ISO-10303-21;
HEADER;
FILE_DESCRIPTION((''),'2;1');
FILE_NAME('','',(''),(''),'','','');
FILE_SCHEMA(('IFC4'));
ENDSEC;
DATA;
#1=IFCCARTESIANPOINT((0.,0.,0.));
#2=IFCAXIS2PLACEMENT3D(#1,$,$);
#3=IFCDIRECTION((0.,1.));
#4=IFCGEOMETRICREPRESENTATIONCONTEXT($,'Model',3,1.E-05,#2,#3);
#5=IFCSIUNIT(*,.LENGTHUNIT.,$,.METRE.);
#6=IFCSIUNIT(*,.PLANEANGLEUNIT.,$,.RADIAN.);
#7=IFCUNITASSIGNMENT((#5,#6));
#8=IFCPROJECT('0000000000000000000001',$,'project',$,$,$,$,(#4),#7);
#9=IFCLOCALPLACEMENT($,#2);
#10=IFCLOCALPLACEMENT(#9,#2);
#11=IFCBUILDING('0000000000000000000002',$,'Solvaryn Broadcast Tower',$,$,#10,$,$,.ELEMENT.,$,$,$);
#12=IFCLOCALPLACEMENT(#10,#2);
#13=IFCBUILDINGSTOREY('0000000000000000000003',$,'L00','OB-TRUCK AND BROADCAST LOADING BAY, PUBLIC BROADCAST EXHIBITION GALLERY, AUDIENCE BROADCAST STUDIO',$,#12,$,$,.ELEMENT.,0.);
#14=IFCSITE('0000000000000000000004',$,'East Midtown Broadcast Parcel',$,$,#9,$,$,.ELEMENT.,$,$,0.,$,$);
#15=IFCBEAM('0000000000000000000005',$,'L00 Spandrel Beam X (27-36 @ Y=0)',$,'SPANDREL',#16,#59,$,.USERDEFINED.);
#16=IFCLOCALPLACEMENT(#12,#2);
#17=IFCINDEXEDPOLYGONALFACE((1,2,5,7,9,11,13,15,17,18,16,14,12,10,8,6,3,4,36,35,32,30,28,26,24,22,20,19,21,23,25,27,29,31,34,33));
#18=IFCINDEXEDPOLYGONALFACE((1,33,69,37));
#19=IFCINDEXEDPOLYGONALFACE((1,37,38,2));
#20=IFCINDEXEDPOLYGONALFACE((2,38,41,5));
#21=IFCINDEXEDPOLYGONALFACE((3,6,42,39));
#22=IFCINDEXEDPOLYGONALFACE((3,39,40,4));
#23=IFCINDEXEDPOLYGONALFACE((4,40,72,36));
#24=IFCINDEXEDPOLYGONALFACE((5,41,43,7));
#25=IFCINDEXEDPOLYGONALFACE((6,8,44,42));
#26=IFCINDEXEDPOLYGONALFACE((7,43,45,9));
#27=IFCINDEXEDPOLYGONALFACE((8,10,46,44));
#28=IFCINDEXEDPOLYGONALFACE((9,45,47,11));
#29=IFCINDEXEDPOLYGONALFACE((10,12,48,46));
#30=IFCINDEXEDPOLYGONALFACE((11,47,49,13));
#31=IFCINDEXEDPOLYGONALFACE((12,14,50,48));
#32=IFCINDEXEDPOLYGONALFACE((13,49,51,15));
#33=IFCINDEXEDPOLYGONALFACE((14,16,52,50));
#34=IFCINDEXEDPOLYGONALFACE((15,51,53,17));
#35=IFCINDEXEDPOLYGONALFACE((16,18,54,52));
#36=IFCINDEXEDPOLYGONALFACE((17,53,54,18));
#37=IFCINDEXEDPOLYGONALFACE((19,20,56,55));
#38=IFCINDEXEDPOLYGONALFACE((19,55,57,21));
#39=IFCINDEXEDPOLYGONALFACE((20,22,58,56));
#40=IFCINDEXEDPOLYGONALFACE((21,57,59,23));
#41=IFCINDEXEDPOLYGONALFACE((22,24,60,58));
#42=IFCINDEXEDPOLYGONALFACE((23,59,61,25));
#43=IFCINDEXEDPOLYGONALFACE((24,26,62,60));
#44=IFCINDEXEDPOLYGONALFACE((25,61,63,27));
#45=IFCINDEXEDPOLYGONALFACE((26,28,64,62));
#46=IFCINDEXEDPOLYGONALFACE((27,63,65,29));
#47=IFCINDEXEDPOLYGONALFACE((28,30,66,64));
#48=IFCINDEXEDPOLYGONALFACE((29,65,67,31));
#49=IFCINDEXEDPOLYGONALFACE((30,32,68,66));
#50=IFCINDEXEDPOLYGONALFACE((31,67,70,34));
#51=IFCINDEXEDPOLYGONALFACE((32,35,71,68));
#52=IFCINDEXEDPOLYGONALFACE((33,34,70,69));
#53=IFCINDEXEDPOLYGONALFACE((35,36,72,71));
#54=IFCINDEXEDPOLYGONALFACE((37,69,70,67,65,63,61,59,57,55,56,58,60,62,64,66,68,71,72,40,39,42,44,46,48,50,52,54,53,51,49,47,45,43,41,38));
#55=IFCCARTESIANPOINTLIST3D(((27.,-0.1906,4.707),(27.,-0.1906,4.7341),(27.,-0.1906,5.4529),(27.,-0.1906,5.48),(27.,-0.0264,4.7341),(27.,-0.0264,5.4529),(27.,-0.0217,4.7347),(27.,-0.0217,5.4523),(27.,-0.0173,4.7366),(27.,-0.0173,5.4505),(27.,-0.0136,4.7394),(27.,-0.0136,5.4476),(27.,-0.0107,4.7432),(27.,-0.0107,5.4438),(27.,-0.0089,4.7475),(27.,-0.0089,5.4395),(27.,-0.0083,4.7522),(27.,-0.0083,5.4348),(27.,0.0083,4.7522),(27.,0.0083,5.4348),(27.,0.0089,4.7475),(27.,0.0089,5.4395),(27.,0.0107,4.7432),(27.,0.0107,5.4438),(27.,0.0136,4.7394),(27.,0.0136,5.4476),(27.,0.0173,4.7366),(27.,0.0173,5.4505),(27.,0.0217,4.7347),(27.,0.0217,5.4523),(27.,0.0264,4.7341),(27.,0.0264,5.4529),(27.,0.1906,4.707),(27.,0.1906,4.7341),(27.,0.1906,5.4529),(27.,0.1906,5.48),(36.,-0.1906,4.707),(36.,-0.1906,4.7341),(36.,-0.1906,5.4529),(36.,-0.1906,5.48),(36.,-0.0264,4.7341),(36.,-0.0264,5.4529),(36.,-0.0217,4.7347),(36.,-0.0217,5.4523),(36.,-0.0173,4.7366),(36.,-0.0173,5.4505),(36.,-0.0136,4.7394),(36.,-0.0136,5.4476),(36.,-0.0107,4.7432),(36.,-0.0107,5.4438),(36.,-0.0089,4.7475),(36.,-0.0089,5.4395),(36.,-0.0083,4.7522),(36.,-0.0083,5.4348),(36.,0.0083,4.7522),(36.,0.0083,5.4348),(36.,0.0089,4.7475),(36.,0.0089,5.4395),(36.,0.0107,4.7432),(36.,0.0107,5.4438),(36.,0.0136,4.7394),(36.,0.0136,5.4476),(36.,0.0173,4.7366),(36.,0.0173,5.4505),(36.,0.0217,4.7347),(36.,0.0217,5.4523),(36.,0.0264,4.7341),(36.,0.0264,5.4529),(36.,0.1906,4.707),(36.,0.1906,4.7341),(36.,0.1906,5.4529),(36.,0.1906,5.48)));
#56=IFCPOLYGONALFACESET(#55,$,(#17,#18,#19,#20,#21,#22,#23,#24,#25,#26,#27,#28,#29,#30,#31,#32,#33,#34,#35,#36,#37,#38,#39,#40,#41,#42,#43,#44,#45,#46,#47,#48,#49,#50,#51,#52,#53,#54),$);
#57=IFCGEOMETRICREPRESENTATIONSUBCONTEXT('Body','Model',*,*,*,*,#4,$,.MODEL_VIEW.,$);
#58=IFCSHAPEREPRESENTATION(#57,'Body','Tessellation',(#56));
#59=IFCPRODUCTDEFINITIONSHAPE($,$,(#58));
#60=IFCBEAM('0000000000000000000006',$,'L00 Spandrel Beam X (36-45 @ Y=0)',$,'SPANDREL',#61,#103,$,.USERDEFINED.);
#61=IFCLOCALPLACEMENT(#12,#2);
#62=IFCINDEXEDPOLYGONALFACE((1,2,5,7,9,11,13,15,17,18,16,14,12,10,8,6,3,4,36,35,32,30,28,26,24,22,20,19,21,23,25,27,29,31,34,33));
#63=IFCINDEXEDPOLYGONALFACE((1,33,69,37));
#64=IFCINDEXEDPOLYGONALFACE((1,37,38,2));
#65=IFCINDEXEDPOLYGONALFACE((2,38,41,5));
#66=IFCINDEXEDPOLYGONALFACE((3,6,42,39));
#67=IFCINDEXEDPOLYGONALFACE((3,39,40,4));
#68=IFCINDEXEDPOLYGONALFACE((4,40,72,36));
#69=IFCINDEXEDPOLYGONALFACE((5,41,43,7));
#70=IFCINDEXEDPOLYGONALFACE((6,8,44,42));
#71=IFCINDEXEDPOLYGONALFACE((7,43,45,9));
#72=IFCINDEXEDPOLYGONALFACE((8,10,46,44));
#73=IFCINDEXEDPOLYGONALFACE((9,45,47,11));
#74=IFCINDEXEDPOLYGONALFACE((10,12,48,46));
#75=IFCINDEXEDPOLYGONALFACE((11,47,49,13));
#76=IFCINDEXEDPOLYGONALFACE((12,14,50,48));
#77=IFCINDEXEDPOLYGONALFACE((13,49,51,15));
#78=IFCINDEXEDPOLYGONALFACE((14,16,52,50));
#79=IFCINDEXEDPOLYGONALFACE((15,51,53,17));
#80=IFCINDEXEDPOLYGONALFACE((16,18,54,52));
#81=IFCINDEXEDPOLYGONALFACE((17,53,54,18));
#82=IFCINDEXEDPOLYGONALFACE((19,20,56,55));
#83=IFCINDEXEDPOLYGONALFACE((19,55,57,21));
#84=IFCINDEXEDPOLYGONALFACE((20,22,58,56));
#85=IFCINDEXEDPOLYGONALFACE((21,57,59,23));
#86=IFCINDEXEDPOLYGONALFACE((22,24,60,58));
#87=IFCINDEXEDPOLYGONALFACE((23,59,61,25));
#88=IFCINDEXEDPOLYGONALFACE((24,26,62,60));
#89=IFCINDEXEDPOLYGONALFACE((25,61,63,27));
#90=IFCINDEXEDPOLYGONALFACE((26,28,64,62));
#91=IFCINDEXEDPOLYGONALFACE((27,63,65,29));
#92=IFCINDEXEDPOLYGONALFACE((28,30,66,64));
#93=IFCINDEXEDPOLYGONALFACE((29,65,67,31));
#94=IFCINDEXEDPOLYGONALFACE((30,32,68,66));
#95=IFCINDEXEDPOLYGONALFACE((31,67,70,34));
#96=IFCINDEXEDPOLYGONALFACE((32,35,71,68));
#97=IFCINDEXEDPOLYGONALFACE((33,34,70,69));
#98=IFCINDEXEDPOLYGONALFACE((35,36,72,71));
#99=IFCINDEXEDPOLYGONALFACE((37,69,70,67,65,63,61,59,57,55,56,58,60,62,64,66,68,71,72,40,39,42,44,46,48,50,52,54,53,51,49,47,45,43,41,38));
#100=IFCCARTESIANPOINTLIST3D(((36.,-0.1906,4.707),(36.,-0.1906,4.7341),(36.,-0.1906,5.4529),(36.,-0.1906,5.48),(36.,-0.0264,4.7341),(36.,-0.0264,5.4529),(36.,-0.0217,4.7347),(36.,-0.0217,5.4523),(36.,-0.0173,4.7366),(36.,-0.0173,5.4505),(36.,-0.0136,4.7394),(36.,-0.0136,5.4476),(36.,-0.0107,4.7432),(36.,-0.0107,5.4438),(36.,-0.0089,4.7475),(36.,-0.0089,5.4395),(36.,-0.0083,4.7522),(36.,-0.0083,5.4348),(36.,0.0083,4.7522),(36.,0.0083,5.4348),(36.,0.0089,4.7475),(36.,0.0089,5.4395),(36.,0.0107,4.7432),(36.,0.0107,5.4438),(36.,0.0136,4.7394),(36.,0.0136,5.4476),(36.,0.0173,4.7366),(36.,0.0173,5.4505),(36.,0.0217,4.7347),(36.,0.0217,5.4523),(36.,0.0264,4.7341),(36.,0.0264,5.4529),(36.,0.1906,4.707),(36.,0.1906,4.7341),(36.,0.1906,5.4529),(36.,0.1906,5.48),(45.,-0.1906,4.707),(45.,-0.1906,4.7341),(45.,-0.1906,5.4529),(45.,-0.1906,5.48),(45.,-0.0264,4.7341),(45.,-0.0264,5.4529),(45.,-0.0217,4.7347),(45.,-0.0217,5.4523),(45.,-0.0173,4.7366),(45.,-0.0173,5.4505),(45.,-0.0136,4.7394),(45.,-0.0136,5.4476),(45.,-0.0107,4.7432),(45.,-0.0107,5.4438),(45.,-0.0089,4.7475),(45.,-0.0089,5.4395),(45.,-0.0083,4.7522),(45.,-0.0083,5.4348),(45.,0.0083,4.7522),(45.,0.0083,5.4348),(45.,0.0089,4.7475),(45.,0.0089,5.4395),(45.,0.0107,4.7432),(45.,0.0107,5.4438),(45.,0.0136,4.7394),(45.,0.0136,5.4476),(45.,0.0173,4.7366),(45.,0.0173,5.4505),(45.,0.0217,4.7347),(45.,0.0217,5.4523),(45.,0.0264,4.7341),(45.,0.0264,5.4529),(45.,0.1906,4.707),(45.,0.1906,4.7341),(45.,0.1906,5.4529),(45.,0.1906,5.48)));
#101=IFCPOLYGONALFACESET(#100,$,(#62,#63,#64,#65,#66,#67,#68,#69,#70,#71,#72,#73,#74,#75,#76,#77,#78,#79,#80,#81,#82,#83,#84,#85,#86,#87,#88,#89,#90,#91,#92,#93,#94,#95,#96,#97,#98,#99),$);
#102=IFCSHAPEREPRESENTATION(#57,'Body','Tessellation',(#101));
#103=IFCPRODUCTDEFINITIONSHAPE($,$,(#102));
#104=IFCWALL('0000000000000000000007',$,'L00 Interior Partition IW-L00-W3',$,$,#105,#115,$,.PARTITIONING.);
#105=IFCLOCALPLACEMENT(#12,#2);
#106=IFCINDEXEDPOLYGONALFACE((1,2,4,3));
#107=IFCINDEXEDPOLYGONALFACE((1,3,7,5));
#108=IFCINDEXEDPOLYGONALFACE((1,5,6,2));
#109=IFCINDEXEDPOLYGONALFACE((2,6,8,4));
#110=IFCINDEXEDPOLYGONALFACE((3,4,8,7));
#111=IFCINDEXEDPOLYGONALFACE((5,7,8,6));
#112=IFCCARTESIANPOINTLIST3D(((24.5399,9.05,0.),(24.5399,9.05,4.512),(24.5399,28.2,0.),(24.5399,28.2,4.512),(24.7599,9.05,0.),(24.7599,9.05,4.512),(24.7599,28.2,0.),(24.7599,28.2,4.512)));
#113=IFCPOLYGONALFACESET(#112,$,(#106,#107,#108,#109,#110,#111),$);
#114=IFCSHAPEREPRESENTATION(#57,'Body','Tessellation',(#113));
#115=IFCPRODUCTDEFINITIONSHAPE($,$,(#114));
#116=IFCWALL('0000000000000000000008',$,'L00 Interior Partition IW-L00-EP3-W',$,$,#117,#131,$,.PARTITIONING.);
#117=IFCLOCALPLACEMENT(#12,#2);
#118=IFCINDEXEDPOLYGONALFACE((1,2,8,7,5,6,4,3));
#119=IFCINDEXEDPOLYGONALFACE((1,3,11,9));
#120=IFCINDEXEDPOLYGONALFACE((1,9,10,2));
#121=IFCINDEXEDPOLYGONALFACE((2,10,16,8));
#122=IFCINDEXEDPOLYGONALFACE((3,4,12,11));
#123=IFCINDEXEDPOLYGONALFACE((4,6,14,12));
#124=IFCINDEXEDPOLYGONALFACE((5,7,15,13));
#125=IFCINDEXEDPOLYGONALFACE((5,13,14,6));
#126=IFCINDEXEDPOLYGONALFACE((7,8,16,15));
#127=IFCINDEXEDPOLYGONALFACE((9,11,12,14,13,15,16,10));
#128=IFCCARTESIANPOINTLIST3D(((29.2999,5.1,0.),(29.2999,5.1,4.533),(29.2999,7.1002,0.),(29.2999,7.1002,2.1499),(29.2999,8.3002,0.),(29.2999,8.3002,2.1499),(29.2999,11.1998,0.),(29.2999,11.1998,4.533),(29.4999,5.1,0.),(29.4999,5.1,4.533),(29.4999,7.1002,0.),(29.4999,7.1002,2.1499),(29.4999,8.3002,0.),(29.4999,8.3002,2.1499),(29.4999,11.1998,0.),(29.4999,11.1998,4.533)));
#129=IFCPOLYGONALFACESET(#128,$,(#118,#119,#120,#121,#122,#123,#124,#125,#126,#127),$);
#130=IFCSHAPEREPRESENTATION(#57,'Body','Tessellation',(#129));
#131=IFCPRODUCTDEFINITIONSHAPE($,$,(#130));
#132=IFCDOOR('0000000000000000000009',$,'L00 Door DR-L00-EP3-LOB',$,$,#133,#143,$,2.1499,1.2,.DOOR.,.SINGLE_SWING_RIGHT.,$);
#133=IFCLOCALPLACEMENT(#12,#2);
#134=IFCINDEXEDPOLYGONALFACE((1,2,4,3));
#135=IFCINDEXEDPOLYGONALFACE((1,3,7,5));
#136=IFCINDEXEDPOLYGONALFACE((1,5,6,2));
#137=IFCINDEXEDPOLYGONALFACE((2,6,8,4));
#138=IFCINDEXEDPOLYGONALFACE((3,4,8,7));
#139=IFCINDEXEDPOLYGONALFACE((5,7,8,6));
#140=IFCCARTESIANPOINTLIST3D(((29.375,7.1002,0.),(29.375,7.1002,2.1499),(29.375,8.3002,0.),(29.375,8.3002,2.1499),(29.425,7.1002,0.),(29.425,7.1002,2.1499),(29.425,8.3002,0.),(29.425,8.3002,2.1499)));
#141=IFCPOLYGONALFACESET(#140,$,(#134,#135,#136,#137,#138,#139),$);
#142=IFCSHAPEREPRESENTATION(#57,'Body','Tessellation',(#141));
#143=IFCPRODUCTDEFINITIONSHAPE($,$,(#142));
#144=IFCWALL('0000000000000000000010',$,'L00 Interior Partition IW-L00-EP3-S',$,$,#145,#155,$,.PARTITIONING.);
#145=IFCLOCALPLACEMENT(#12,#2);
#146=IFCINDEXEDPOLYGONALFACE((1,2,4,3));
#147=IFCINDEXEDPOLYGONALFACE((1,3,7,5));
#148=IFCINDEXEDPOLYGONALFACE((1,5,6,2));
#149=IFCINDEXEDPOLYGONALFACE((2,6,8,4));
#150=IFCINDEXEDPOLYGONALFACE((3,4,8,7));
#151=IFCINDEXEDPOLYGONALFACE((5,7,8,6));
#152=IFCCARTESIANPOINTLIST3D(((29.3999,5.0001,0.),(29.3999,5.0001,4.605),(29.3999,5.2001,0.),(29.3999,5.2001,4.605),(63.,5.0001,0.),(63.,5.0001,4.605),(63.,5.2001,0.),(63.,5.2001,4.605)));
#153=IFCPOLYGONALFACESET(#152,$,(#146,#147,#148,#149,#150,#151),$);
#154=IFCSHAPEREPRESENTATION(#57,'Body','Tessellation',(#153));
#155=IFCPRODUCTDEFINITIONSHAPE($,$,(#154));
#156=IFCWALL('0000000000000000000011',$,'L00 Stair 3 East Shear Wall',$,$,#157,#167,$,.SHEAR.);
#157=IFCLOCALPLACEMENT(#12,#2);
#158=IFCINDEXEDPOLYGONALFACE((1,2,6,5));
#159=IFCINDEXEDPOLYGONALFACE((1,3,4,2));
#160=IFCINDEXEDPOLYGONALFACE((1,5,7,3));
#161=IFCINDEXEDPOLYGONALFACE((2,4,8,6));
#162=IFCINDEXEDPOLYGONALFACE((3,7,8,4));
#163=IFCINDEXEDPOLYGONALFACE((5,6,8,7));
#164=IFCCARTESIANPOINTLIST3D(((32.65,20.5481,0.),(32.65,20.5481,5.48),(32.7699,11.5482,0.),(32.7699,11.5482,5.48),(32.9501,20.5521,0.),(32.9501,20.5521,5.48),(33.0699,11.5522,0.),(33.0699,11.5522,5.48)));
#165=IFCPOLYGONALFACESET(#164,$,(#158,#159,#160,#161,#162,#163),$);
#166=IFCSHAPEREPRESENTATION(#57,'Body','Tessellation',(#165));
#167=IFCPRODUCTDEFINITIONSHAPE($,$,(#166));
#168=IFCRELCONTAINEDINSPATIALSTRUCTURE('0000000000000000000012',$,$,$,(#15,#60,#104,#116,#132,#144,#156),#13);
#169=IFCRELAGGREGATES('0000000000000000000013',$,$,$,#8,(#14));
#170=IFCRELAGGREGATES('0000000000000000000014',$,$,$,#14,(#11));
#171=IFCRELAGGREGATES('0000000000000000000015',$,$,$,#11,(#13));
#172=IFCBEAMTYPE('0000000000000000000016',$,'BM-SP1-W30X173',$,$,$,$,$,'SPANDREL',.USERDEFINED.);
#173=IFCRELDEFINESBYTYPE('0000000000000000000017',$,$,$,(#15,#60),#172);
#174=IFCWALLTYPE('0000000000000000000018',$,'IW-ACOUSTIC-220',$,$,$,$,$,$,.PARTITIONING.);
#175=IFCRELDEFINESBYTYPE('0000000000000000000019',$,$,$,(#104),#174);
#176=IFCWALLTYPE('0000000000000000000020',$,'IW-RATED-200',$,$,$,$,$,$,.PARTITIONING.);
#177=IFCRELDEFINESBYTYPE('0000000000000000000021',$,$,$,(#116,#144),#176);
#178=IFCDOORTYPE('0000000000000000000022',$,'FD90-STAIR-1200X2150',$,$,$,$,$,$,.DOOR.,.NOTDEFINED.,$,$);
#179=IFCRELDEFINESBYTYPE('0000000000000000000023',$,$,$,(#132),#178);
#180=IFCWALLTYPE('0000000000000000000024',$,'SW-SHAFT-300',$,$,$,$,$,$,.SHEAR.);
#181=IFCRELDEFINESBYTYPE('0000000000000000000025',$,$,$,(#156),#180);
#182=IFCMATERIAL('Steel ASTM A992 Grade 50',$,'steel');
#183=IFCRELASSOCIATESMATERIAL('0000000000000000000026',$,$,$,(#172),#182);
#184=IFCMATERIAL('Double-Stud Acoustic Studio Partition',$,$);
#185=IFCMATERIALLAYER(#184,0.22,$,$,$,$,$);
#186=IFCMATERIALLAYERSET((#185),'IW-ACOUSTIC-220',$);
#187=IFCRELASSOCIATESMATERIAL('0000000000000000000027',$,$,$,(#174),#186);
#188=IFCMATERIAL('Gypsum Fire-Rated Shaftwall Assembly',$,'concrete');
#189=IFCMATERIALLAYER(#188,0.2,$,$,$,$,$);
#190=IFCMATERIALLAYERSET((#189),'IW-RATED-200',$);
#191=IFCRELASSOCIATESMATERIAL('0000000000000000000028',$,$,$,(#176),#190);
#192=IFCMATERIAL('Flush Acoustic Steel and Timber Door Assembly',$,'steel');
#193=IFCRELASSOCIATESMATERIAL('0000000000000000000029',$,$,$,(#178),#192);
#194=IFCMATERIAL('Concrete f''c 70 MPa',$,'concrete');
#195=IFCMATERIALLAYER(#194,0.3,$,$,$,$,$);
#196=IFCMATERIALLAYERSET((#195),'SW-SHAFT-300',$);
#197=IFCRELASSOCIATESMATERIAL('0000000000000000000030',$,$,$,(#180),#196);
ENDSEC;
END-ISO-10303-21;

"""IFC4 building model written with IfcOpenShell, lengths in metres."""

from ifc_helpers import new_model, si_unit, direction, frame, frame_2d, origin, origin_2d, place, context, subcontext, project, spatial, rectangle, i_section, extrude, material, layer, layer_set, material_profile, profile_set, type_object, element, fill, save


model = new_model("IFC4")

# Units and contexts
model_context = context("Model", 3, precision=1e-05, world=origin(), true_north=direction((0.0, 1.0)))
body_context = subcontext(model_context, "Body", "Model", "MODEL_VIEW")
ifc_project = project(units=[si_unit("LENGTHUNIT", "METRE"), si_unit("PLANEANGLEUNIT", "RADIAN")], contexts=[model_context])

# Site, building, storey
site_placement = place(None, origin())
site = spatial("IfcSite", under=ifc_project, at=site_placement, Name="East Midtown Broadcast Parcel", CompositionType="ELEMENT", RefElevation=0.0)
building_placement = place(site_placement, origin())
building = spatial("IfcBuilding", under=site, at=building_placement, Name="Solvaryn Broadcast Tower", CompositionType="ELEMENT")
storey_placement = place(building_placement, origin())
storey = spatial("IfcBuildingStorey", under=building, at=storey_placement, Name="L00", Description="OB-TRUCK AND BROADCAST LOADING BAY, PUBLIC BROADCAST EXHIBITION GALLERY, AUDIENCE BROADCAST STUDIO", CompositionType="ELEMENT", Elevation=0.0)

# Beams
ifc_material_1 = material(Name="Steel ASTM A992 Grade 50", Category="steel")
ifc_material_profile_1 = material_profile(ifc_material_1, i_section(OverallWidth=0.3811, OverallDepth=0.7729, WebThickness=0.0166, FlangeThickness=0.0271, FilletRadius=0.0181, at=origin_2d()))
ifc_profile_set_1 = profile_set([ifc_material_profile_1], Name="Steel ASTM A992 Grade 50")
beam_type_1 = type_object("IfcBeamType", Name="BM-SP1-W30X173", ElementType="SPANDREL", PredefinedType="USERDEFINED", material=ifc_profile_set_1)
for number, where, z_axis, x_axis, name in (
    (1, (27.0, 0.0, 5.0935), (1.0, 0.0, 0.0), (0.0, 1.0, 0.0), "L00 Spandrel Beam X (27-36 @ Y=0)"),
    (2, (36.0, 0.0, 5.0935), (1.0, 0.0, 0.0), (0.0, 1.0, 0.0), "L00 Spandrel Beam X (36-45 @ Y=0)"),
):
    element("IfcBeam", number, at=place(storey_placement, frame(where, z_axis=z_axis, x_axis=x_axis)), inside=storey, type_object=beam_type_1, Name=name, ObjectType="SPANDREL", PredefinedType="USERDEFINED", context=body_context, shape_type="SweptSolid", body=[
        extrude(i_section(OverallWidth=0.3811, OverallDepth=0.7729, WebThickness=0.0166, FlangeThickness=0.0271, FilletRadius=0.0181, at=origin_2d()), origin(), (0.0, 0.0, 1.0), 9.0),
    ])

# Wall
ifc_material_2 = material(Name="Double-Stud Acoustic Studio Partition")
ifc_layer_1 = layer(ifc_material_2, 0.22)
ifc_layer_set_1 = layer_set([ifc_layer_1], Name="IW-ACOUSTIC-220")
wall_type_1 = type_object("IfcWallType", Name="IW-ACOUSTIC-220", PredefinedType="PARTITIONING", material=ifc_layer_set_1)
wall_1_placement = place(storey_placement, frame((24.6499, 9.05, 0.0), z_axis=(0.0, 0.0, 1.0), x_axis=(0.0, 1.0, 0.0)))
element("IfcWall", 3, at=wall_1_placement, inside=storey, type_object=wall_type_1, Name="L00 Interior Partition IW-L00-W3", PredefinedType="PARTITIONING", context=body_context, shape_type="SweptSolid", body=[
    extrude(rectangle(XDim=19.1499, YDim=0.22, at=frame_2d((9.575, 0.0))), origin(), (0.0, 0.0, 1.0), 4.512),
])

# Wall, opening, door
ifc_material_3 = material(Name="Gypsum Fire-Rated Shaftwall Assembly", Category="concrete")
ifc_layer_2 = layer(ifc_material_3, 0.2)
ifc_layer_set_2 = layer_set([ifc_layer_2], Name="IW-RATED-200")
wall_type_2 = type_object("IfcWallType", Name="IW-RATED-200", PredefinedType="PARTITIONING", material=ifc_layer_set_2)
wall_2_placement = place(storey_placement, frame((29.3999, 5.1001, 0.0), z_axis=(0.0, 0.0, 1.0), x_axis=(0.0, 1.0, 0.0)))
wall_2 = element("IfcWall", 4, at=wall_2_placement, inside=storey, type_object=wall_type_2, Name="L00 Interior Partition IW-L00-EP3-W", PredefinedType="PARTITIONING", context=body_context, shape_type="SweptSolid", body=[
    extrude(rectangle(XDim=6.0999, YDim=0.2, at=frame_2d((3.0498, 0.0))), origin(), (0.0, 0.0, 1.0), 4.533),
])
opening_1_placement = place(wall_2_placement, frame((2.0, 0.0, 0.0)))
opening_1 = element("IfcOpeningElement", 5, at=opening_1_placement, cuts=wall_2, PredefinedType="OPENING", context=body_context, shape_type="SweptSolid", body=[
    extrude(rectangle(XDim=1.2, YDim=2.1499, at=frame_2d((0.6001, 1.075))), frame((0.0, 0.1101, 0.0), z_axis=(0.0, -1.0, 0.0), x_axis=(1.0, 0.0, 0.0)), (0.0, 0.0, 1.0), 0.22),
])
ifc_material_4 = material(Name="Flush Acoustic Steel and Timber Door Assembly", Category="steel")
door_type_1 = type_object("IfcDoorType", Name="FD90-STAIR-1200X2150", OperationType="NOTDEFINED", PredefinedType="DOOR", material=ifc_material_4)
door_1_placement = place(opening_1_placement, origin())
door_1 = element("IfcDoor", 6, at=door_1_placement, inside=storey, type_object=door_type_1, Name="L00 Door DR-L00-EP3-LOB", OperationType="SINGLE_SWING_RIGHT", OverallHeight=2.1499, OverallWidth=1.2, PredefinedType="DOOR", context=body_context, shape_type="SweptSolid", body=[
    extrude(rectangle(XDim=1.2, YDim=2.1499, at=frame_2d((0.6001, 1.075))), frame((0.0, 0.0249, 0.0), z_axis=(0.0, -1.0, 0.0), x_axis=(1.0, 0.0, 0.0)), (0.0, 0.0, 1.0), 0.05),
])
fill(opening_1, door_1)

# Walls
wall_3_placement = place(storey_placement, frame((29.3999, 5.1001, 0.0), z_axis=(0.0, 0.0, 1.0), x_axis=(1.0, 0.0, 0.0)))
element("IfcWall", 7, at=wall_3_placement, inside=storey, type_object=wall_type_2, Name="L00 Interior Partition IW-L00-EP3-S", PredefinedType="PARTITIONING", context=body_context, shape_type="SweptSolid", body=[
    extrude(rectangle(XDim=33.6001, YDim=0.2, at=frame_2d((16.8, 0.0))), origin(), (0.0, 0.0, 1.0), 4.605),
])
ifc_material_5 = material(Name="Concrete f'c 70 MPa", Category="concrete")
ifc_layer_3 = layer(ifc_material_5, 0.3)
ifc_layer_set_3 = layer_set([ifc_layer_3], Name="SW-SHAFT-300")
wall_type_3 = type_object("IfcWallType", Name="SW-SHAFT-300", PredefinedType="SHEAR", material=ifc_layer_set_3)
wall_4_placement = place(storey_placement, frame((32.9199, 11.55, 0.0), z_axis=(0.0, 0.0, 1.0), x_axis=(-0.013318, 0.999911, 0.0)))
element("IfcWall", 8, at=wall_4_placement, inside=storey, type_object=wall_type_3, Name="L00 Stair 3 East Shear Wall", PredefinedType="SHEAR", context=body_context, shape_type="SweptSolid", body=[
    extrude(rectangle(XDim=9.0007, YDim=0.3, at=frame_2d((4.5005, 0.0))), origin(), (0.0, 0.0, 1.0), 5.48),
])

save(model, "model.ifc")
